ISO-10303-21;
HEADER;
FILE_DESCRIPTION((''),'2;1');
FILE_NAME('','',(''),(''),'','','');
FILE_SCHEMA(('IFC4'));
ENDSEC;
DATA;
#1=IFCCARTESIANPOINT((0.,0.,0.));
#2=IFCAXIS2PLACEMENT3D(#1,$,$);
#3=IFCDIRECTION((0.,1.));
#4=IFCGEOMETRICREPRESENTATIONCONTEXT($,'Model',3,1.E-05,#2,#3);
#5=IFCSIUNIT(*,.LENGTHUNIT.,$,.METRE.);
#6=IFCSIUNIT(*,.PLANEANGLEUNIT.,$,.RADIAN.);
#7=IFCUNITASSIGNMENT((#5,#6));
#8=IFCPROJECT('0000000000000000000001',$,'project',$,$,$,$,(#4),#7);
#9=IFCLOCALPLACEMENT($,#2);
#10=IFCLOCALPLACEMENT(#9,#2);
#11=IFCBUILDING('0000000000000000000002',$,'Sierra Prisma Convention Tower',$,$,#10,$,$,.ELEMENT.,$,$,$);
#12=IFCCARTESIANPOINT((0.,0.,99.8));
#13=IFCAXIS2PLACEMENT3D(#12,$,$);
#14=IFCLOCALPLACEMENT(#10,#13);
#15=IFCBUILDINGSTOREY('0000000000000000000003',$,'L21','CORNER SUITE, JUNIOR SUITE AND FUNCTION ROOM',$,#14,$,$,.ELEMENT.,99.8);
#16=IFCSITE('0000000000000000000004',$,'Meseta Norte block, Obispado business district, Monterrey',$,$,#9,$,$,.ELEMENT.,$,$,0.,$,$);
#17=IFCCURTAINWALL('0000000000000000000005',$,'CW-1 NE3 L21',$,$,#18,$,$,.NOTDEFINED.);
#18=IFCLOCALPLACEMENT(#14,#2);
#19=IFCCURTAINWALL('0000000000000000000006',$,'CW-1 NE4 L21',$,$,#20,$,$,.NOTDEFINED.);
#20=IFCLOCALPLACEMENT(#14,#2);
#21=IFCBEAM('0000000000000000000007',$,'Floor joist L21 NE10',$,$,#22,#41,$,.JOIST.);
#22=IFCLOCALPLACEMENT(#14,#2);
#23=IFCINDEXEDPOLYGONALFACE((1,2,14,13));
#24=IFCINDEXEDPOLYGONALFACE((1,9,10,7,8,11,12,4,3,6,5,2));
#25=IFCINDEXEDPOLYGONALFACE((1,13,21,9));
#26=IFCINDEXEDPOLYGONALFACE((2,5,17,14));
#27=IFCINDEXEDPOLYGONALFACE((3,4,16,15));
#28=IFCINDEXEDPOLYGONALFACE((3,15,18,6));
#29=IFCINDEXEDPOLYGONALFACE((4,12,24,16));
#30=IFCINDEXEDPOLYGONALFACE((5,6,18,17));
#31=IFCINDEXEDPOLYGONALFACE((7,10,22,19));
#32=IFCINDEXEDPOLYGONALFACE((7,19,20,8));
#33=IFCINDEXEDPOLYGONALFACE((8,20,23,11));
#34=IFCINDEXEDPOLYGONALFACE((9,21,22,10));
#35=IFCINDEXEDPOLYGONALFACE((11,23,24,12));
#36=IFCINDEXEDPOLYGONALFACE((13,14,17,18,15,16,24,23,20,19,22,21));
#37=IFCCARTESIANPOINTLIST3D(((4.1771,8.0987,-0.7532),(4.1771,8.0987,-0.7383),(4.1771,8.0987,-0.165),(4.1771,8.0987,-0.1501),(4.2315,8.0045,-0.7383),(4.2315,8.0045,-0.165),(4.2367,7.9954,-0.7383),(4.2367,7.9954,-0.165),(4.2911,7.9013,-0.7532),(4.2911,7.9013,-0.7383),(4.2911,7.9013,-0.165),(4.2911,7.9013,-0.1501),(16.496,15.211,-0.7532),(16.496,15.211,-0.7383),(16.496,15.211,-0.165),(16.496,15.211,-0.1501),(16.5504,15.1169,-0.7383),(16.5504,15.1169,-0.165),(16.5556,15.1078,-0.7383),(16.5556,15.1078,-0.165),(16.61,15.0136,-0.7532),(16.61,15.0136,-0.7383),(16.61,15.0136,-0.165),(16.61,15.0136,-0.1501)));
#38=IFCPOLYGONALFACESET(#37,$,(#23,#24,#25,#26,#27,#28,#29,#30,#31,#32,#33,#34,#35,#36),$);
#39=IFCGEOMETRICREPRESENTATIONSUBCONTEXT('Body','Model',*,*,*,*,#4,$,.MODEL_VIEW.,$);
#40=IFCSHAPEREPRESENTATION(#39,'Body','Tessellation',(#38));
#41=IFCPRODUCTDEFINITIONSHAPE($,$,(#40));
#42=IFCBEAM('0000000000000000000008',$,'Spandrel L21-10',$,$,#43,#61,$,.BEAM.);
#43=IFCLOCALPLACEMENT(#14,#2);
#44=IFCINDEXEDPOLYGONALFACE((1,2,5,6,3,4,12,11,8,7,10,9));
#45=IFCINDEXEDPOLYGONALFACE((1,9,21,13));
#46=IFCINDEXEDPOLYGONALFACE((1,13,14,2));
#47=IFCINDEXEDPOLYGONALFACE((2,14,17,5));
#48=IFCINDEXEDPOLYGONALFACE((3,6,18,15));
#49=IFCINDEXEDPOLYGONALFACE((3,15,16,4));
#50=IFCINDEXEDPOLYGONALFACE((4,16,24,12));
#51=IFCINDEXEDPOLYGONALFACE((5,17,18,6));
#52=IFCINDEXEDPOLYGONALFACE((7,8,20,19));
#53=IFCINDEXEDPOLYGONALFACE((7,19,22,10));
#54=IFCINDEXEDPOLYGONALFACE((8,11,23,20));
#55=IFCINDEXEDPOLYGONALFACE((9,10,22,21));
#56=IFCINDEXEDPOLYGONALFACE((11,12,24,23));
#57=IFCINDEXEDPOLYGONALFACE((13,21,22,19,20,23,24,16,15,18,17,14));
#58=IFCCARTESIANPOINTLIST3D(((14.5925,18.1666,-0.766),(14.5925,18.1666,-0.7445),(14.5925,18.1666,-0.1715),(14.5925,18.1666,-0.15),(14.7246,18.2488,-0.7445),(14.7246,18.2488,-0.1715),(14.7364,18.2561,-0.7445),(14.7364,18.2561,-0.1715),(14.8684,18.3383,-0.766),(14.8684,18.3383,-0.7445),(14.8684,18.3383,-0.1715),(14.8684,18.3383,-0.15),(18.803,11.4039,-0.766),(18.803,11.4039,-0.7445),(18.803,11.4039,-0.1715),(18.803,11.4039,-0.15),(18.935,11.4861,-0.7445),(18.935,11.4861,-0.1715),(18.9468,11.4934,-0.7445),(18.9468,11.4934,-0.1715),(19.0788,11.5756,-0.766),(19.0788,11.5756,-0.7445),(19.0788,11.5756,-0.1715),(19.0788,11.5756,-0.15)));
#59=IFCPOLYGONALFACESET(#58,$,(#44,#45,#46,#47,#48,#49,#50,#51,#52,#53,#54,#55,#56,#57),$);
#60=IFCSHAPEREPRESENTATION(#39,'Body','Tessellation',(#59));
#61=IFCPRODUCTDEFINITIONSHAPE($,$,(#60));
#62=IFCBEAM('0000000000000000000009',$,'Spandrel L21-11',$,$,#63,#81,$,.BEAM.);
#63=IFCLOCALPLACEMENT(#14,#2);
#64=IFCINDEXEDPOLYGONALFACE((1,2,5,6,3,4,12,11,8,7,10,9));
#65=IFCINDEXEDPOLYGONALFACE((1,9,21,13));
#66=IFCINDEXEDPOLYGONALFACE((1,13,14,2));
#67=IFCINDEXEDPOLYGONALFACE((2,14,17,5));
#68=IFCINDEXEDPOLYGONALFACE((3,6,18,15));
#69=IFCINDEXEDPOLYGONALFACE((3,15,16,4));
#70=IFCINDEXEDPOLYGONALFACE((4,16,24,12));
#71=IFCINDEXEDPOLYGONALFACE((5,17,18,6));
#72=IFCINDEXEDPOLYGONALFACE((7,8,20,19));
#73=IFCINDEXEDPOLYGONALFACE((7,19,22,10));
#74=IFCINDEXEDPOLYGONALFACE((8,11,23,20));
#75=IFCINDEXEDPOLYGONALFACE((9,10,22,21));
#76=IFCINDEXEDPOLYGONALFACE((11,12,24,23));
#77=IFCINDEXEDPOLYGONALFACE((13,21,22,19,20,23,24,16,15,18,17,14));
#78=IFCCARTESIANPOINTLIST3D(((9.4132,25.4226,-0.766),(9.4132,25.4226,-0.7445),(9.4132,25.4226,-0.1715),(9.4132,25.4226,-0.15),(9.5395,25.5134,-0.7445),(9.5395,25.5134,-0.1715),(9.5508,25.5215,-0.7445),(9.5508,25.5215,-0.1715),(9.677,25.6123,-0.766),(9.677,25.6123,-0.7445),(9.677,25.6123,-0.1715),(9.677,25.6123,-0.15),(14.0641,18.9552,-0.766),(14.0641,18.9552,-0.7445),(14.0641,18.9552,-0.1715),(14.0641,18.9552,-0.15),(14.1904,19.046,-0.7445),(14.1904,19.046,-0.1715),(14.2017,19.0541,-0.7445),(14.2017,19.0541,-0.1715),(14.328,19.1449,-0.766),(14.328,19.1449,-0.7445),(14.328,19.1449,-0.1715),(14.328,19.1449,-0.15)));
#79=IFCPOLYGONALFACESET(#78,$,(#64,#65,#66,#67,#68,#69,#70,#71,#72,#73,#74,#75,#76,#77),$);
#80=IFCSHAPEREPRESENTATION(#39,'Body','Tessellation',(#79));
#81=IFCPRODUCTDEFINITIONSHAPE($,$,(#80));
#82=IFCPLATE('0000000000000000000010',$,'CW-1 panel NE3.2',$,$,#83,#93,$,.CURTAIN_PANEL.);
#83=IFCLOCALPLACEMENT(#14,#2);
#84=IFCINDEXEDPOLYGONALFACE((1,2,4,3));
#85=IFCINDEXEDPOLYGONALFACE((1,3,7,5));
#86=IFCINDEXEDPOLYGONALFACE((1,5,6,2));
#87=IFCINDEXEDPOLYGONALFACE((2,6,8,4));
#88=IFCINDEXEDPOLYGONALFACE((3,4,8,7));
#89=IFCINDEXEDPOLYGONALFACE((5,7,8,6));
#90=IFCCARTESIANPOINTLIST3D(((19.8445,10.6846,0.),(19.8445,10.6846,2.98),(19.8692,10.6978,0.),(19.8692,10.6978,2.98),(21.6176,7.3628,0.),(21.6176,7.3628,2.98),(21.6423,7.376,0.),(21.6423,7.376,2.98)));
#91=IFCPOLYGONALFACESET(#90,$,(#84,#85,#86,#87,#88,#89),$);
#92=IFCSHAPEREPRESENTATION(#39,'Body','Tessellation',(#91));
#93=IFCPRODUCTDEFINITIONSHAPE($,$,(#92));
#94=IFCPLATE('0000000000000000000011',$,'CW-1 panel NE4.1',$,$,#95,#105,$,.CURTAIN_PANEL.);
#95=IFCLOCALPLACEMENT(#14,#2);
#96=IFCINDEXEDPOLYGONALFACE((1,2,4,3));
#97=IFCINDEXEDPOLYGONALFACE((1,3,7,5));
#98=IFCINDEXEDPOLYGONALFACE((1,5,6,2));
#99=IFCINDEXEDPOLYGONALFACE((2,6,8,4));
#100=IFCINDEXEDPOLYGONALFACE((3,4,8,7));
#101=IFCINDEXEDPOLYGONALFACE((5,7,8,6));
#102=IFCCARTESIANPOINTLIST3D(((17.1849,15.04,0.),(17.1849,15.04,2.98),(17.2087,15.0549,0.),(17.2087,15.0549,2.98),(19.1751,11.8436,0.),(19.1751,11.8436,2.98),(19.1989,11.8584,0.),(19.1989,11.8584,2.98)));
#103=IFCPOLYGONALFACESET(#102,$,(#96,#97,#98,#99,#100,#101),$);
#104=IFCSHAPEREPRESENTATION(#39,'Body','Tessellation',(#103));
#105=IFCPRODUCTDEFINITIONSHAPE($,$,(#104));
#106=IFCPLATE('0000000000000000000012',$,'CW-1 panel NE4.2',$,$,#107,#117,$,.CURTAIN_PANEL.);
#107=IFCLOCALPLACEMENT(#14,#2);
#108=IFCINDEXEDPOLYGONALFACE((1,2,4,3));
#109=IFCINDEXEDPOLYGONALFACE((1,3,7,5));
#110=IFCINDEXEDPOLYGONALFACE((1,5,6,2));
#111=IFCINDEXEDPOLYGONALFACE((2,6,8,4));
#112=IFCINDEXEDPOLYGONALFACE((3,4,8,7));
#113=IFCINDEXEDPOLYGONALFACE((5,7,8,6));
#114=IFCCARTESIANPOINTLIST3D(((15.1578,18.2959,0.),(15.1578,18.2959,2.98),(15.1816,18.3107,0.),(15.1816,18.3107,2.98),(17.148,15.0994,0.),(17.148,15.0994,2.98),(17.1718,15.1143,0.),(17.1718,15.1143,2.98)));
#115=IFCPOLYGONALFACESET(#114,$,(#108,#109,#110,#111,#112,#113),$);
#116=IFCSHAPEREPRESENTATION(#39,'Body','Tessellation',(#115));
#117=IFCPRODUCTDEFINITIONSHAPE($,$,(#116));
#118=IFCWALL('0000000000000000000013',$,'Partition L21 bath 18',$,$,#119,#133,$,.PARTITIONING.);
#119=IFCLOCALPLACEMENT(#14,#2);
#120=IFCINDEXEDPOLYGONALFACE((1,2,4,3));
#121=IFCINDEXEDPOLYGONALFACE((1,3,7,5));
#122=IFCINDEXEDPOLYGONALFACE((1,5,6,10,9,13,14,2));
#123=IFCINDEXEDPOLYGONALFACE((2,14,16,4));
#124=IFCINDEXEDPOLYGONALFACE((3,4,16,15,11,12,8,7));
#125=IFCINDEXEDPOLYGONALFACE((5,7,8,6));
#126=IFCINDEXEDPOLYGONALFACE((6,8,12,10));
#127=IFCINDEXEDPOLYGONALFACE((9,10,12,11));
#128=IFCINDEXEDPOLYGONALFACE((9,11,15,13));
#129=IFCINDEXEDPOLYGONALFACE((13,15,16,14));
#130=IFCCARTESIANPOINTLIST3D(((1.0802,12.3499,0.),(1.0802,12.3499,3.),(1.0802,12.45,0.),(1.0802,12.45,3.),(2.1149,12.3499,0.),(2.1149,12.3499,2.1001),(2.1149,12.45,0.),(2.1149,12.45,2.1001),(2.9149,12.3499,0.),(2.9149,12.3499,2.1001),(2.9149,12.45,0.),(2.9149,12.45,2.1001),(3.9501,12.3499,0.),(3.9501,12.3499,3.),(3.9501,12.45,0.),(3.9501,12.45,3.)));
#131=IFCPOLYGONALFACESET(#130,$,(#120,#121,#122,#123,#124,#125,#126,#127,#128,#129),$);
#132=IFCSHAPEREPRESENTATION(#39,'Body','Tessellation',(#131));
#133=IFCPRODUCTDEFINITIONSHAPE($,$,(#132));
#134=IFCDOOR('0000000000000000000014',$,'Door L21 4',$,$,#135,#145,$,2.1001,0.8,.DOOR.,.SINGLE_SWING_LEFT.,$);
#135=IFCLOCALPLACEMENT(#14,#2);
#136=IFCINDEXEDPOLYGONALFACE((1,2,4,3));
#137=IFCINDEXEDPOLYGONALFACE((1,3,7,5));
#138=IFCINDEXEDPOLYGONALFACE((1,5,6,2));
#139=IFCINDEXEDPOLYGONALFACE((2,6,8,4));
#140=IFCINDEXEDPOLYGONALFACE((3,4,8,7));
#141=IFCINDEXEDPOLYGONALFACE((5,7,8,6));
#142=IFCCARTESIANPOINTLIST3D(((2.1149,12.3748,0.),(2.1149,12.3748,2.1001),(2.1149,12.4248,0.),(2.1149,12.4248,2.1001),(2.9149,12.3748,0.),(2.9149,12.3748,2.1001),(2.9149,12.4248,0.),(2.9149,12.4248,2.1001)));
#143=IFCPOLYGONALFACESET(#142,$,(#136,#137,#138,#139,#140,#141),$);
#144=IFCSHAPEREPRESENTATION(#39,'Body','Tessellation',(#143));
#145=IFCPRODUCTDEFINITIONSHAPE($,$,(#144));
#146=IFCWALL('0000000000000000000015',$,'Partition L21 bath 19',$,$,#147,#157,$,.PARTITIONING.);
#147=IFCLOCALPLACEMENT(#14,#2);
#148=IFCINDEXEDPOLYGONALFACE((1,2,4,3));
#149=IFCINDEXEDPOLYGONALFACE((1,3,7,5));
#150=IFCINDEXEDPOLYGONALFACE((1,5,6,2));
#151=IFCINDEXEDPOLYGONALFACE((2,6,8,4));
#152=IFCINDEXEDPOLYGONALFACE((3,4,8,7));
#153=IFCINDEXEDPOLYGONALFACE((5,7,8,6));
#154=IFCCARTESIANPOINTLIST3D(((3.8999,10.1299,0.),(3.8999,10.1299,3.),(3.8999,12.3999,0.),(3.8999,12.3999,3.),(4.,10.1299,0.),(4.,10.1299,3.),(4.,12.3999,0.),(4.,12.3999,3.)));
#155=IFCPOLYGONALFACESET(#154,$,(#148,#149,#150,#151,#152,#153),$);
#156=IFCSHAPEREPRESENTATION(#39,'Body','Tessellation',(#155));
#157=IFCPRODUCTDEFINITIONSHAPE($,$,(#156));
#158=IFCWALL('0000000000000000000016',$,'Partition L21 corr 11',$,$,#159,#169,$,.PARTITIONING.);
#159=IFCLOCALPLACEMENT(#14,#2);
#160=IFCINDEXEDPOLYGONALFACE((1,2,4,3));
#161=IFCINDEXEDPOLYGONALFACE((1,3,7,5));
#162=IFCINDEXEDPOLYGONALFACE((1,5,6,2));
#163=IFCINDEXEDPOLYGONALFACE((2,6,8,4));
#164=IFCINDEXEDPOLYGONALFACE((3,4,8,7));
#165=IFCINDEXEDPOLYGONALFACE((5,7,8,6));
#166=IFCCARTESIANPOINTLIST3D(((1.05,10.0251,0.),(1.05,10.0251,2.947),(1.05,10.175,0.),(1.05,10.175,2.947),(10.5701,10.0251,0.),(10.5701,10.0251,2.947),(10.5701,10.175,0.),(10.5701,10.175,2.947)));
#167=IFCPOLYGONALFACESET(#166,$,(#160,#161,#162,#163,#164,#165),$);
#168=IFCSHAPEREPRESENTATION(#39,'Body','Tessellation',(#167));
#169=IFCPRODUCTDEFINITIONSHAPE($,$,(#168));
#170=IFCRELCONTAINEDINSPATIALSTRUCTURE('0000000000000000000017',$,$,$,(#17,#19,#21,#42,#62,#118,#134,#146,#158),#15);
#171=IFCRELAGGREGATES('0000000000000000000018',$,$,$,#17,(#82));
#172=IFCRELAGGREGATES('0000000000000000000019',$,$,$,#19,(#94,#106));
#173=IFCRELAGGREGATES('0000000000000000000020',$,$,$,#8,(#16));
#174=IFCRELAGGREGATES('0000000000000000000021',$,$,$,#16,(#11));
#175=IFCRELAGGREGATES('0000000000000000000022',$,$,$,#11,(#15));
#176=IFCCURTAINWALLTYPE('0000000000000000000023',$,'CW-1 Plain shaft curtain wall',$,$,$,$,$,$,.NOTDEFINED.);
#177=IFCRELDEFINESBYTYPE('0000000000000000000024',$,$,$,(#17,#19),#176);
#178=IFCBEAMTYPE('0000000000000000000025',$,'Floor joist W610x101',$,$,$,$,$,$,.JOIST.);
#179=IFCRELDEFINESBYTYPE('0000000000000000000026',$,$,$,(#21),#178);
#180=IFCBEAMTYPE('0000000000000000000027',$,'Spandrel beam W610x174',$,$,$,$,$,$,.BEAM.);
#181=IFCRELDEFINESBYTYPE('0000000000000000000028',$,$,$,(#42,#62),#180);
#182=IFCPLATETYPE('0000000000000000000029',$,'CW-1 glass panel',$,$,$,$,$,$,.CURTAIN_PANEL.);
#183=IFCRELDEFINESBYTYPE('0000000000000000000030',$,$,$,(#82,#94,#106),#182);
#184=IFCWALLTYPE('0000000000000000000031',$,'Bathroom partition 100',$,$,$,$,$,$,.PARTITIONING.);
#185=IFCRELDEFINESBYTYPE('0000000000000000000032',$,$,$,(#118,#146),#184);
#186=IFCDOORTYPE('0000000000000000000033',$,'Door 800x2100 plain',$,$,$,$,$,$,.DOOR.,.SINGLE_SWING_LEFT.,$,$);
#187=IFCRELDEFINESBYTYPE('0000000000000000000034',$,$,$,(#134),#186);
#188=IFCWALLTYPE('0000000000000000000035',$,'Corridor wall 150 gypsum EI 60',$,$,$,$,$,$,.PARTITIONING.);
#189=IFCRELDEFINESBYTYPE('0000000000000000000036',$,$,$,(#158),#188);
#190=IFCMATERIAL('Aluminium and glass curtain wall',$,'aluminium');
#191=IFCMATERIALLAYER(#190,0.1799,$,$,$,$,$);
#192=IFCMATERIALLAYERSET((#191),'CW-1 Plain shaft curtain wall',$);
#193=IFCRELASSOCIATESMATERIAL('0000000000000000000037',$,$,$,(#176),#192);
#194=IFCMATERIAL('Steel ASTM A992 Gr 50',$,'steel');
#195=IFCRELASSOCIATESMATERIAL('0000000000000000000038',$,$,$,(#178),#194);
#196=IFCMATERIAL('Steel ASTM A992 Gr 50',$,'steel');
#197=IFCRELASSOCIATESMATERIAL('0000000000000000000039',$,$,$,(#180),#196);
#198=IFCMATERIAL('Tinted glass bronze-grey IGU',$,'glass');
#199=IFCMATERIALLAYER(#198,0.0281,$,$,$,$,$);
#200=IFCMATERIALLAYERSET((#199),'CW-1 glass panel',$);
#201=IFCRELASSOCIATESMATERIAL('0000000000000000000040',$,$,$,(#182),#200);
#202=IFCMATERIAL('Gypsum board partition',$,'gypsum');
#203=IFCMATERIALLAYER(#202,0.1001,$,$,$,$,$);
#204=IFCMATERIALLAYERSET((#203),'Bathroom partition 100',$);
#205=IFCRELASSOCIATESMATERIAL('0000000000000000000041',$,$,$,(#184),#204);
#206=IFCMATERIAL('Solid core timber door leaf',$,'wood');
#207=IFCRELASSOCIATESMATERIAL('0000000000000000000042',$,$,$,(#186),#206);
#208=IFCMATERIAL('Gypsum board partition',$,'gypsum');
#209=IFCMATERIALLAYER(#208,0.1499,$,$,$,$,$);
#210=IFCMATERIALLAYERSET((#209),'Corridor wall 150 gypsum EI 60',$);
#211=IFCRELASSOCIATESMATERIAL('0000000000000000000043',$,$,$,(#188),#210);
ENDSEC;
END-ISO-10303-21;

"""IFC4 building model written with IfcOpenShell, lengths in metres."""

from ifc_helpers import new_model, si_unit, direction, frame, frame_2d, origin, origin_2d, place, context, subcontext, project, spatial, rectangle, i_section, extrude, material, layer, layer_set, material_profile, profile_set, type_object, element, fill, aggregate, save


model = new_model("IFC4")

# Units and contexts
model_context = context("Model", 3, precision=1e-05, world=origin(), true_north=direction((0.0, 1.0)))
body_context = subcontext(model_context, "Body", "Model", "MODEL_VIEW")
ifc_project = project(units=[si_unit("LENGTHUNIT", "METRE"), si_unit("PLANEANGLEUNIT", "RADIAN")], contexts=[model_context])

# Site, building, storey
site_placement = place(None, origin())
site = spatial("IfcSite", under=ifc_project, at=site_placement, Name="Meseta Norte block, Obispado business district, Monterrey", CompositionType="ELEMENT", RefElevation=0.0)
building_placement = place(site_placement, origin())
building = spatial("IfcBuilding", under=site, at=building_placement, Name="Sierra Prisma Convention Tower", CompositionType="ELEMENT")
storey_placement = place(building_placement, frame((0.0, 0.0, 99.8)))
storey = spatial("IfcBuildingStorey", under=building, at=storey_placement, Name="L21", Description="CORNER SUITE, JUNIOR SUITE AND FUNCTION ROOM", CompositionType="ELEMENT", Elevation=99.8)

# Curtain wall
ifc_material_1 = material(Name="Aluminium and glass curtain wall", Category="aluminium")
ifc_layer_1 = layer(ifc_material_1, 0.1799)
ifc_layer_set_1 = layer_set([ifc_layer_1], Name="CW-1 Plain shaft curtain wall")
curtain_wall_type = type_object("IfcCurtainWallType", Name="CW-1 Plain shaft curtain wall", PredefinedType="NOTDEFINED", material=ifc_layer_set_1)
curtain_wall_1_placement = place(storey_placement, origin())
curtain_wall_1 = element("IfcCurtainWall", 1, at=curtain_wall_1_placement, inside=storey, type_object=curtain_wall_type, Name="CW-1 NE3 L21", PredefinedType="NOTDEFINED")

# Curtain wall
curtain_wall_2_placement = place(storey_placement, origin())
curtain_wall_2 = element("IfcCurtainWall", 2, at=curtain_wall_2_placement, inside=storey, type_object=curtain_wall_type, Name="CW-1 NE4 L21", PredefinedType="NOTDEFINED")

# Beams
ifc_material_2 = material(Name="Steel ASTM A992 Gr 50", Category="steel")
ifc_material_profile_1 = material_profile(ifc_material_2, i_section(OverallWidth=0.228, OverallDepth=0.603, WebThickness=0.0105, FlangeThickness=0.0149, at=origin_2d()), Name="W610x101")
ifc_profile_set_1 = profile_set([ifc_material_profile_1], Name="Steel ASTM A992 Gr 50")
beam_type_1 = type_object("IfcBeamType", Name="Floor joist W610x101", PredefinedType="JOIST", material=ifc_profile_set_1)
beam_1_placement = place(storey_placement, frame((16.553, 15.1123, -0.4517), z_axis=(-0.866025, -0.500001, 0.0), x_axis=(0.500001, -0.866025, 0.0)))
element("IfcBeam", 3, at=beam_1_placement, inside=storey, type_object=beam_type_1, Name="Floor joist L21 NE10", PredefinedType="JOIST", context=body_context, shape_type="SweptSolid", body=[
    extrude(i_section(OverallWidth=0.228, OverallDepth=0.603, WebThickness=0.0105, FlangeThickness=0.0149, at=origin_2d()), origin(), (0.0, 0.0, 1.0), 14.2246),
])
ifc_material_3 = material(Name="Steel ASTM A992 Gr 50", Category="steel")
ifc_material_profile_2 = material_profile(ifc_material_3, i_section(OverallWidth=0.325, OverallDepth=0.616, WebThickness=0.0139, FlangeThickness=0.0215, at=origin_2d()), Name="W610x174")
ifc_profile_set_2 = profile_set([ifc_material_profile_2], Name="Steel ASTM A992 Gr 50")
beam_type_2 = type_object("IfcBeamType", Name="Spandrel beam W610x174", PredefinedType="BEAM", material=ifc_profile_set_2)
beam_2_placement = place(storey_placement, frame((18.9409, 11.4897, -0.458), z_axis=(-0.528533, 0.848913, 0.0), x_axis=(-0.848913, -0.528533, 0.0)))
element("IfcBeam", 4, at=beam_2_placement, inside=storey, type_object=beam_type_2, Name="Spandrel L21-10", PredefinedType="BEAM", context=body_context, shape_type="SweptSolid", body=[
    extrude(i_section(OverallWidth=0.325, OverallDepth=0.616, WebThickness=0.0139, FlangeThickness=0.0215, at=origin_2d()), origin(), (0.0, 0.0, 1.0), 7.9663),
])
beam_3_placement = place(storey_placement, frame((14.196, 19.05, -0.458), z_axis=(-0.583844, 0.811866, 0.0), x_axis=(-0.811866, -0.583844, 0.0)))
element("IfcBeam", 5, at=beam_3_placement, inside=storey, type_object=beam_type_2, Name="Spandrel L21-11", PredefinedType="BEAM", context=body_context, shape_type="SweptSolid", body=[
    extrude(i_section(OverallWidth=0.325, OverallDepth=0.616, WebThickness=0.0139, FlangeThickness=0.0215, at=origin_2d()), origin(), (0.0, 0.0, 1.0), 7.9661),
])

# Plates
ifc_material_4 = material(Name="Tinted glass bronze-grey IGU", Category="glass")
ifc_layer_2 = layer(ifc_material_4, 0.0281)
ifc_layer_set_2 = layer_set([ifc_layer_2], Name="CW-1 glass panel")
plate_type = type_object("IfcPlateType", Name="CW-1 glass panel", PredefinedType="CURTAIN_PANEL", material=ifc_layer_set_2)
plate_1_placement = place(storey_placement, frame((20.7434, 9.0303, 0.0), z_axis=(0.0, 0.0, 1.0), x_axis=(-0.470896, 0.882189, 0.0)))
plate_1 = element("IfcPlate", 6, at=plate_1_placement, type_object=plate_type, Name="CW-1 panel NE3.2", PredefinedType="CURTAIN_PANEL", context=body_context, shape_type="SweptSolid", body=[
    extrude(rectangle(XDim=3.7654, YDim=0.0281, at=origin_2d()), origin(), (0.0, 0.0, 1.0), 2.98),
])
aggregate(curtain_wall_1, [plate_1])
plate_2_placement = place(storey_placement, frame((18.1919, 13.4492, 0.0), z_axis=(0.0, 0.0, 1.0), x_axis=(-0.52855, 0.848902, 0.0)))
plate_2 = element("IfcPlate", 7, at=plate_2_placement, type_object=plate_type, Name="CW-1 panel NE4.1", PredefinedType="CURTAIN_PANEL", context=body_context, shape_type="SweptSolid", body=[
    extrude(rectangle(XDim=3.7654, YDim=0.0281, at=origin_2d()), origin(), (0.0, 0.0, 1.0), 2.98),
])
plate_3_placement = place(storey_placement, frame((16.1648, 16.7051, 0.0), z_axis=(0.0, 0.0, 1.0), x_axis=(-0.52855, 0.848902, 0.0)))
plate_3 = element("IfcPlate", 8, at=plate_3_placement, type_object=plate_type, Name="CW-1 panel NE4.2", PredefinedType="CURTAIN_PANEL", context=body_context, shape_type="SweptSolid", body=[
    extrude(rectangle(XDim=3.7654, YDim=0.0281, at=origin_2d()), origin(), (0.0, 0.0, 1.0), 2.98),
])
aggregate(curtain_wall_2, [plate_2, plate_3])

# Wall, opening, door
ifc_material_5 = material(Name="Gypsum board partition", Category="gypsum")
ifc_layer_3 = layer(ifc_material_5, 0.1001)
ifc_layer_set_3 = layer_set([ifc_layer_3], Name="Bathroom partition 100")
wall_type_1 = type_object("IfcWallType", Name="Bathroom partition 100", PredefinedType="PARTITIONING", material=ifc_layer_set_3)
wall_1_placement = place(storey_placement, frame((1.0801, 12.3999, 0.0), z_axis=(0.0, 0.0, 1.0), x_axis=(1.0, 0.0, 0.0)))
wall_1 = element("IfcWall", 9, at=wall_1_placement, inside=storey, type_object=wall_type_1, Name="Partition L21 bath 18", PredefinedType="PARTITIONING", context=body_context, shape_type="SweptSolid", body=[
    extrude(rectangle(XDim=2.8699, YDim=0.1001, at=frame_2d((1.4351, 0.0))), origin(), (0.0, 0.0, 1.0), 3.0),
])
opening_1_placement = place(wall_1_placement, frame((1.0349, 0.0, 0.0)))
opening_1 = element("IfcOpeningElement", 10, at=opening_1_placement, cuts=wall_1, PredefinedType="OPENING", context=body_context, shape_type="SweptSolid", body=[
    extrude(rectangle(XDim=0.8, YDim=2.1001, at=frame_2d((0.3999, 1.05))), frame((0.0, 0.05, 0.0), z_axis=(0.0, -1.0, 0.0), x_axis=(1.0, 0.0, 0.0)), (0.0, 0.0, 1.0), 0.1001),
])
ifc_material_6 = material(Name="Solid core timber door leaf", Category="wood")
door_type_1 = type_object("IfcDoorType", Name="Door 800x2100 plain", OperationType="SINGLE_SWING_LEFT", PredefinedType="DOOR", material=ifc_material_6)
door_1_placement = place(opening_1_placement, origin())
door_1 = element("IfcDoor", 11, at=door_1_placement, inside=storey, type_object=door_type_1, Name="Door L21 4", OperationType="SINGLE_SWING_LEFT", OverallHeight=2.1001, OverallWidth=0.8, PredefinedType="DOOR", context=body_context, shape_type="SweptSolid", body=[
    extrude(rectangle(XDim=0.8, YDim=2.1001, at=frame_2d((0.3999, 1.05))), frame((0.0, 0.0249, 0.0), z_axis=(0.0, -1.0, 0.0), x_axis=(1.0, 0.0, 0.0)), (0.0, 0.0, 1.0), 0.05),
])
fill(opening_1, door_1)

# Wall
wall_2_placement = place(storey_placement, frame((3.95, 12.3999, 0.0), z_axis=(0.0, 0.0, 1.0), x_axis=(0.0, -1.0, 0.0)))
element("IfcWall", 12, at=wall_2_placement, inside=storey, type_object=wall_type_1, Name="Partition L21 bath 19", PredefinedType="PARTITIONING", context=body_context, shape_type="SweptSolid", body=[
    extrude(rectangle(XDim=2.27, YDim=0.1001, at=frame_2d((1.135, 0.0))), origin(), (0.0, 0.0, 1.0), 3.0),
])

# Wall
ifc_material_7 = material(Name="Gypsum board partition", Category="gypsum")
ifc_layer_4 = layer(ifc_material_7, 0.1499)
ifc_layer_set_4 = layer_set([ifc_layer_4], Name="Corridor wall 150 gypsum EI 60")
wall_type_2 = type_object("IfcWallType", Name="Corridor wall 150 gypsum EI 60", PredefinedType="PARTITIONING", material=ifc_layer_set_4)
wall_3_placement = place(storey_placement, frame((10.5701, 10.1001, 0.0), z_axis=(0.0, 0.0, 1.0), x_axis=(-1.0, 0.0, 0.0)))
element("IfcWall", 13, at=wall_3_placement, inside=storey, type_object=wall_type_2, Name="Partition L21 corr 11", PredefinedType="PARTITIONING", context=body_context, shape_type="SweptSolid", body=[
    extrude(rectangle(XDim=9.52, YDim=0.1499, at=frame_2d((4.76, 0.0))), origin(), (0.0, 0.0, 1.0), 2.947),
])

save(model, "model.ifc")
